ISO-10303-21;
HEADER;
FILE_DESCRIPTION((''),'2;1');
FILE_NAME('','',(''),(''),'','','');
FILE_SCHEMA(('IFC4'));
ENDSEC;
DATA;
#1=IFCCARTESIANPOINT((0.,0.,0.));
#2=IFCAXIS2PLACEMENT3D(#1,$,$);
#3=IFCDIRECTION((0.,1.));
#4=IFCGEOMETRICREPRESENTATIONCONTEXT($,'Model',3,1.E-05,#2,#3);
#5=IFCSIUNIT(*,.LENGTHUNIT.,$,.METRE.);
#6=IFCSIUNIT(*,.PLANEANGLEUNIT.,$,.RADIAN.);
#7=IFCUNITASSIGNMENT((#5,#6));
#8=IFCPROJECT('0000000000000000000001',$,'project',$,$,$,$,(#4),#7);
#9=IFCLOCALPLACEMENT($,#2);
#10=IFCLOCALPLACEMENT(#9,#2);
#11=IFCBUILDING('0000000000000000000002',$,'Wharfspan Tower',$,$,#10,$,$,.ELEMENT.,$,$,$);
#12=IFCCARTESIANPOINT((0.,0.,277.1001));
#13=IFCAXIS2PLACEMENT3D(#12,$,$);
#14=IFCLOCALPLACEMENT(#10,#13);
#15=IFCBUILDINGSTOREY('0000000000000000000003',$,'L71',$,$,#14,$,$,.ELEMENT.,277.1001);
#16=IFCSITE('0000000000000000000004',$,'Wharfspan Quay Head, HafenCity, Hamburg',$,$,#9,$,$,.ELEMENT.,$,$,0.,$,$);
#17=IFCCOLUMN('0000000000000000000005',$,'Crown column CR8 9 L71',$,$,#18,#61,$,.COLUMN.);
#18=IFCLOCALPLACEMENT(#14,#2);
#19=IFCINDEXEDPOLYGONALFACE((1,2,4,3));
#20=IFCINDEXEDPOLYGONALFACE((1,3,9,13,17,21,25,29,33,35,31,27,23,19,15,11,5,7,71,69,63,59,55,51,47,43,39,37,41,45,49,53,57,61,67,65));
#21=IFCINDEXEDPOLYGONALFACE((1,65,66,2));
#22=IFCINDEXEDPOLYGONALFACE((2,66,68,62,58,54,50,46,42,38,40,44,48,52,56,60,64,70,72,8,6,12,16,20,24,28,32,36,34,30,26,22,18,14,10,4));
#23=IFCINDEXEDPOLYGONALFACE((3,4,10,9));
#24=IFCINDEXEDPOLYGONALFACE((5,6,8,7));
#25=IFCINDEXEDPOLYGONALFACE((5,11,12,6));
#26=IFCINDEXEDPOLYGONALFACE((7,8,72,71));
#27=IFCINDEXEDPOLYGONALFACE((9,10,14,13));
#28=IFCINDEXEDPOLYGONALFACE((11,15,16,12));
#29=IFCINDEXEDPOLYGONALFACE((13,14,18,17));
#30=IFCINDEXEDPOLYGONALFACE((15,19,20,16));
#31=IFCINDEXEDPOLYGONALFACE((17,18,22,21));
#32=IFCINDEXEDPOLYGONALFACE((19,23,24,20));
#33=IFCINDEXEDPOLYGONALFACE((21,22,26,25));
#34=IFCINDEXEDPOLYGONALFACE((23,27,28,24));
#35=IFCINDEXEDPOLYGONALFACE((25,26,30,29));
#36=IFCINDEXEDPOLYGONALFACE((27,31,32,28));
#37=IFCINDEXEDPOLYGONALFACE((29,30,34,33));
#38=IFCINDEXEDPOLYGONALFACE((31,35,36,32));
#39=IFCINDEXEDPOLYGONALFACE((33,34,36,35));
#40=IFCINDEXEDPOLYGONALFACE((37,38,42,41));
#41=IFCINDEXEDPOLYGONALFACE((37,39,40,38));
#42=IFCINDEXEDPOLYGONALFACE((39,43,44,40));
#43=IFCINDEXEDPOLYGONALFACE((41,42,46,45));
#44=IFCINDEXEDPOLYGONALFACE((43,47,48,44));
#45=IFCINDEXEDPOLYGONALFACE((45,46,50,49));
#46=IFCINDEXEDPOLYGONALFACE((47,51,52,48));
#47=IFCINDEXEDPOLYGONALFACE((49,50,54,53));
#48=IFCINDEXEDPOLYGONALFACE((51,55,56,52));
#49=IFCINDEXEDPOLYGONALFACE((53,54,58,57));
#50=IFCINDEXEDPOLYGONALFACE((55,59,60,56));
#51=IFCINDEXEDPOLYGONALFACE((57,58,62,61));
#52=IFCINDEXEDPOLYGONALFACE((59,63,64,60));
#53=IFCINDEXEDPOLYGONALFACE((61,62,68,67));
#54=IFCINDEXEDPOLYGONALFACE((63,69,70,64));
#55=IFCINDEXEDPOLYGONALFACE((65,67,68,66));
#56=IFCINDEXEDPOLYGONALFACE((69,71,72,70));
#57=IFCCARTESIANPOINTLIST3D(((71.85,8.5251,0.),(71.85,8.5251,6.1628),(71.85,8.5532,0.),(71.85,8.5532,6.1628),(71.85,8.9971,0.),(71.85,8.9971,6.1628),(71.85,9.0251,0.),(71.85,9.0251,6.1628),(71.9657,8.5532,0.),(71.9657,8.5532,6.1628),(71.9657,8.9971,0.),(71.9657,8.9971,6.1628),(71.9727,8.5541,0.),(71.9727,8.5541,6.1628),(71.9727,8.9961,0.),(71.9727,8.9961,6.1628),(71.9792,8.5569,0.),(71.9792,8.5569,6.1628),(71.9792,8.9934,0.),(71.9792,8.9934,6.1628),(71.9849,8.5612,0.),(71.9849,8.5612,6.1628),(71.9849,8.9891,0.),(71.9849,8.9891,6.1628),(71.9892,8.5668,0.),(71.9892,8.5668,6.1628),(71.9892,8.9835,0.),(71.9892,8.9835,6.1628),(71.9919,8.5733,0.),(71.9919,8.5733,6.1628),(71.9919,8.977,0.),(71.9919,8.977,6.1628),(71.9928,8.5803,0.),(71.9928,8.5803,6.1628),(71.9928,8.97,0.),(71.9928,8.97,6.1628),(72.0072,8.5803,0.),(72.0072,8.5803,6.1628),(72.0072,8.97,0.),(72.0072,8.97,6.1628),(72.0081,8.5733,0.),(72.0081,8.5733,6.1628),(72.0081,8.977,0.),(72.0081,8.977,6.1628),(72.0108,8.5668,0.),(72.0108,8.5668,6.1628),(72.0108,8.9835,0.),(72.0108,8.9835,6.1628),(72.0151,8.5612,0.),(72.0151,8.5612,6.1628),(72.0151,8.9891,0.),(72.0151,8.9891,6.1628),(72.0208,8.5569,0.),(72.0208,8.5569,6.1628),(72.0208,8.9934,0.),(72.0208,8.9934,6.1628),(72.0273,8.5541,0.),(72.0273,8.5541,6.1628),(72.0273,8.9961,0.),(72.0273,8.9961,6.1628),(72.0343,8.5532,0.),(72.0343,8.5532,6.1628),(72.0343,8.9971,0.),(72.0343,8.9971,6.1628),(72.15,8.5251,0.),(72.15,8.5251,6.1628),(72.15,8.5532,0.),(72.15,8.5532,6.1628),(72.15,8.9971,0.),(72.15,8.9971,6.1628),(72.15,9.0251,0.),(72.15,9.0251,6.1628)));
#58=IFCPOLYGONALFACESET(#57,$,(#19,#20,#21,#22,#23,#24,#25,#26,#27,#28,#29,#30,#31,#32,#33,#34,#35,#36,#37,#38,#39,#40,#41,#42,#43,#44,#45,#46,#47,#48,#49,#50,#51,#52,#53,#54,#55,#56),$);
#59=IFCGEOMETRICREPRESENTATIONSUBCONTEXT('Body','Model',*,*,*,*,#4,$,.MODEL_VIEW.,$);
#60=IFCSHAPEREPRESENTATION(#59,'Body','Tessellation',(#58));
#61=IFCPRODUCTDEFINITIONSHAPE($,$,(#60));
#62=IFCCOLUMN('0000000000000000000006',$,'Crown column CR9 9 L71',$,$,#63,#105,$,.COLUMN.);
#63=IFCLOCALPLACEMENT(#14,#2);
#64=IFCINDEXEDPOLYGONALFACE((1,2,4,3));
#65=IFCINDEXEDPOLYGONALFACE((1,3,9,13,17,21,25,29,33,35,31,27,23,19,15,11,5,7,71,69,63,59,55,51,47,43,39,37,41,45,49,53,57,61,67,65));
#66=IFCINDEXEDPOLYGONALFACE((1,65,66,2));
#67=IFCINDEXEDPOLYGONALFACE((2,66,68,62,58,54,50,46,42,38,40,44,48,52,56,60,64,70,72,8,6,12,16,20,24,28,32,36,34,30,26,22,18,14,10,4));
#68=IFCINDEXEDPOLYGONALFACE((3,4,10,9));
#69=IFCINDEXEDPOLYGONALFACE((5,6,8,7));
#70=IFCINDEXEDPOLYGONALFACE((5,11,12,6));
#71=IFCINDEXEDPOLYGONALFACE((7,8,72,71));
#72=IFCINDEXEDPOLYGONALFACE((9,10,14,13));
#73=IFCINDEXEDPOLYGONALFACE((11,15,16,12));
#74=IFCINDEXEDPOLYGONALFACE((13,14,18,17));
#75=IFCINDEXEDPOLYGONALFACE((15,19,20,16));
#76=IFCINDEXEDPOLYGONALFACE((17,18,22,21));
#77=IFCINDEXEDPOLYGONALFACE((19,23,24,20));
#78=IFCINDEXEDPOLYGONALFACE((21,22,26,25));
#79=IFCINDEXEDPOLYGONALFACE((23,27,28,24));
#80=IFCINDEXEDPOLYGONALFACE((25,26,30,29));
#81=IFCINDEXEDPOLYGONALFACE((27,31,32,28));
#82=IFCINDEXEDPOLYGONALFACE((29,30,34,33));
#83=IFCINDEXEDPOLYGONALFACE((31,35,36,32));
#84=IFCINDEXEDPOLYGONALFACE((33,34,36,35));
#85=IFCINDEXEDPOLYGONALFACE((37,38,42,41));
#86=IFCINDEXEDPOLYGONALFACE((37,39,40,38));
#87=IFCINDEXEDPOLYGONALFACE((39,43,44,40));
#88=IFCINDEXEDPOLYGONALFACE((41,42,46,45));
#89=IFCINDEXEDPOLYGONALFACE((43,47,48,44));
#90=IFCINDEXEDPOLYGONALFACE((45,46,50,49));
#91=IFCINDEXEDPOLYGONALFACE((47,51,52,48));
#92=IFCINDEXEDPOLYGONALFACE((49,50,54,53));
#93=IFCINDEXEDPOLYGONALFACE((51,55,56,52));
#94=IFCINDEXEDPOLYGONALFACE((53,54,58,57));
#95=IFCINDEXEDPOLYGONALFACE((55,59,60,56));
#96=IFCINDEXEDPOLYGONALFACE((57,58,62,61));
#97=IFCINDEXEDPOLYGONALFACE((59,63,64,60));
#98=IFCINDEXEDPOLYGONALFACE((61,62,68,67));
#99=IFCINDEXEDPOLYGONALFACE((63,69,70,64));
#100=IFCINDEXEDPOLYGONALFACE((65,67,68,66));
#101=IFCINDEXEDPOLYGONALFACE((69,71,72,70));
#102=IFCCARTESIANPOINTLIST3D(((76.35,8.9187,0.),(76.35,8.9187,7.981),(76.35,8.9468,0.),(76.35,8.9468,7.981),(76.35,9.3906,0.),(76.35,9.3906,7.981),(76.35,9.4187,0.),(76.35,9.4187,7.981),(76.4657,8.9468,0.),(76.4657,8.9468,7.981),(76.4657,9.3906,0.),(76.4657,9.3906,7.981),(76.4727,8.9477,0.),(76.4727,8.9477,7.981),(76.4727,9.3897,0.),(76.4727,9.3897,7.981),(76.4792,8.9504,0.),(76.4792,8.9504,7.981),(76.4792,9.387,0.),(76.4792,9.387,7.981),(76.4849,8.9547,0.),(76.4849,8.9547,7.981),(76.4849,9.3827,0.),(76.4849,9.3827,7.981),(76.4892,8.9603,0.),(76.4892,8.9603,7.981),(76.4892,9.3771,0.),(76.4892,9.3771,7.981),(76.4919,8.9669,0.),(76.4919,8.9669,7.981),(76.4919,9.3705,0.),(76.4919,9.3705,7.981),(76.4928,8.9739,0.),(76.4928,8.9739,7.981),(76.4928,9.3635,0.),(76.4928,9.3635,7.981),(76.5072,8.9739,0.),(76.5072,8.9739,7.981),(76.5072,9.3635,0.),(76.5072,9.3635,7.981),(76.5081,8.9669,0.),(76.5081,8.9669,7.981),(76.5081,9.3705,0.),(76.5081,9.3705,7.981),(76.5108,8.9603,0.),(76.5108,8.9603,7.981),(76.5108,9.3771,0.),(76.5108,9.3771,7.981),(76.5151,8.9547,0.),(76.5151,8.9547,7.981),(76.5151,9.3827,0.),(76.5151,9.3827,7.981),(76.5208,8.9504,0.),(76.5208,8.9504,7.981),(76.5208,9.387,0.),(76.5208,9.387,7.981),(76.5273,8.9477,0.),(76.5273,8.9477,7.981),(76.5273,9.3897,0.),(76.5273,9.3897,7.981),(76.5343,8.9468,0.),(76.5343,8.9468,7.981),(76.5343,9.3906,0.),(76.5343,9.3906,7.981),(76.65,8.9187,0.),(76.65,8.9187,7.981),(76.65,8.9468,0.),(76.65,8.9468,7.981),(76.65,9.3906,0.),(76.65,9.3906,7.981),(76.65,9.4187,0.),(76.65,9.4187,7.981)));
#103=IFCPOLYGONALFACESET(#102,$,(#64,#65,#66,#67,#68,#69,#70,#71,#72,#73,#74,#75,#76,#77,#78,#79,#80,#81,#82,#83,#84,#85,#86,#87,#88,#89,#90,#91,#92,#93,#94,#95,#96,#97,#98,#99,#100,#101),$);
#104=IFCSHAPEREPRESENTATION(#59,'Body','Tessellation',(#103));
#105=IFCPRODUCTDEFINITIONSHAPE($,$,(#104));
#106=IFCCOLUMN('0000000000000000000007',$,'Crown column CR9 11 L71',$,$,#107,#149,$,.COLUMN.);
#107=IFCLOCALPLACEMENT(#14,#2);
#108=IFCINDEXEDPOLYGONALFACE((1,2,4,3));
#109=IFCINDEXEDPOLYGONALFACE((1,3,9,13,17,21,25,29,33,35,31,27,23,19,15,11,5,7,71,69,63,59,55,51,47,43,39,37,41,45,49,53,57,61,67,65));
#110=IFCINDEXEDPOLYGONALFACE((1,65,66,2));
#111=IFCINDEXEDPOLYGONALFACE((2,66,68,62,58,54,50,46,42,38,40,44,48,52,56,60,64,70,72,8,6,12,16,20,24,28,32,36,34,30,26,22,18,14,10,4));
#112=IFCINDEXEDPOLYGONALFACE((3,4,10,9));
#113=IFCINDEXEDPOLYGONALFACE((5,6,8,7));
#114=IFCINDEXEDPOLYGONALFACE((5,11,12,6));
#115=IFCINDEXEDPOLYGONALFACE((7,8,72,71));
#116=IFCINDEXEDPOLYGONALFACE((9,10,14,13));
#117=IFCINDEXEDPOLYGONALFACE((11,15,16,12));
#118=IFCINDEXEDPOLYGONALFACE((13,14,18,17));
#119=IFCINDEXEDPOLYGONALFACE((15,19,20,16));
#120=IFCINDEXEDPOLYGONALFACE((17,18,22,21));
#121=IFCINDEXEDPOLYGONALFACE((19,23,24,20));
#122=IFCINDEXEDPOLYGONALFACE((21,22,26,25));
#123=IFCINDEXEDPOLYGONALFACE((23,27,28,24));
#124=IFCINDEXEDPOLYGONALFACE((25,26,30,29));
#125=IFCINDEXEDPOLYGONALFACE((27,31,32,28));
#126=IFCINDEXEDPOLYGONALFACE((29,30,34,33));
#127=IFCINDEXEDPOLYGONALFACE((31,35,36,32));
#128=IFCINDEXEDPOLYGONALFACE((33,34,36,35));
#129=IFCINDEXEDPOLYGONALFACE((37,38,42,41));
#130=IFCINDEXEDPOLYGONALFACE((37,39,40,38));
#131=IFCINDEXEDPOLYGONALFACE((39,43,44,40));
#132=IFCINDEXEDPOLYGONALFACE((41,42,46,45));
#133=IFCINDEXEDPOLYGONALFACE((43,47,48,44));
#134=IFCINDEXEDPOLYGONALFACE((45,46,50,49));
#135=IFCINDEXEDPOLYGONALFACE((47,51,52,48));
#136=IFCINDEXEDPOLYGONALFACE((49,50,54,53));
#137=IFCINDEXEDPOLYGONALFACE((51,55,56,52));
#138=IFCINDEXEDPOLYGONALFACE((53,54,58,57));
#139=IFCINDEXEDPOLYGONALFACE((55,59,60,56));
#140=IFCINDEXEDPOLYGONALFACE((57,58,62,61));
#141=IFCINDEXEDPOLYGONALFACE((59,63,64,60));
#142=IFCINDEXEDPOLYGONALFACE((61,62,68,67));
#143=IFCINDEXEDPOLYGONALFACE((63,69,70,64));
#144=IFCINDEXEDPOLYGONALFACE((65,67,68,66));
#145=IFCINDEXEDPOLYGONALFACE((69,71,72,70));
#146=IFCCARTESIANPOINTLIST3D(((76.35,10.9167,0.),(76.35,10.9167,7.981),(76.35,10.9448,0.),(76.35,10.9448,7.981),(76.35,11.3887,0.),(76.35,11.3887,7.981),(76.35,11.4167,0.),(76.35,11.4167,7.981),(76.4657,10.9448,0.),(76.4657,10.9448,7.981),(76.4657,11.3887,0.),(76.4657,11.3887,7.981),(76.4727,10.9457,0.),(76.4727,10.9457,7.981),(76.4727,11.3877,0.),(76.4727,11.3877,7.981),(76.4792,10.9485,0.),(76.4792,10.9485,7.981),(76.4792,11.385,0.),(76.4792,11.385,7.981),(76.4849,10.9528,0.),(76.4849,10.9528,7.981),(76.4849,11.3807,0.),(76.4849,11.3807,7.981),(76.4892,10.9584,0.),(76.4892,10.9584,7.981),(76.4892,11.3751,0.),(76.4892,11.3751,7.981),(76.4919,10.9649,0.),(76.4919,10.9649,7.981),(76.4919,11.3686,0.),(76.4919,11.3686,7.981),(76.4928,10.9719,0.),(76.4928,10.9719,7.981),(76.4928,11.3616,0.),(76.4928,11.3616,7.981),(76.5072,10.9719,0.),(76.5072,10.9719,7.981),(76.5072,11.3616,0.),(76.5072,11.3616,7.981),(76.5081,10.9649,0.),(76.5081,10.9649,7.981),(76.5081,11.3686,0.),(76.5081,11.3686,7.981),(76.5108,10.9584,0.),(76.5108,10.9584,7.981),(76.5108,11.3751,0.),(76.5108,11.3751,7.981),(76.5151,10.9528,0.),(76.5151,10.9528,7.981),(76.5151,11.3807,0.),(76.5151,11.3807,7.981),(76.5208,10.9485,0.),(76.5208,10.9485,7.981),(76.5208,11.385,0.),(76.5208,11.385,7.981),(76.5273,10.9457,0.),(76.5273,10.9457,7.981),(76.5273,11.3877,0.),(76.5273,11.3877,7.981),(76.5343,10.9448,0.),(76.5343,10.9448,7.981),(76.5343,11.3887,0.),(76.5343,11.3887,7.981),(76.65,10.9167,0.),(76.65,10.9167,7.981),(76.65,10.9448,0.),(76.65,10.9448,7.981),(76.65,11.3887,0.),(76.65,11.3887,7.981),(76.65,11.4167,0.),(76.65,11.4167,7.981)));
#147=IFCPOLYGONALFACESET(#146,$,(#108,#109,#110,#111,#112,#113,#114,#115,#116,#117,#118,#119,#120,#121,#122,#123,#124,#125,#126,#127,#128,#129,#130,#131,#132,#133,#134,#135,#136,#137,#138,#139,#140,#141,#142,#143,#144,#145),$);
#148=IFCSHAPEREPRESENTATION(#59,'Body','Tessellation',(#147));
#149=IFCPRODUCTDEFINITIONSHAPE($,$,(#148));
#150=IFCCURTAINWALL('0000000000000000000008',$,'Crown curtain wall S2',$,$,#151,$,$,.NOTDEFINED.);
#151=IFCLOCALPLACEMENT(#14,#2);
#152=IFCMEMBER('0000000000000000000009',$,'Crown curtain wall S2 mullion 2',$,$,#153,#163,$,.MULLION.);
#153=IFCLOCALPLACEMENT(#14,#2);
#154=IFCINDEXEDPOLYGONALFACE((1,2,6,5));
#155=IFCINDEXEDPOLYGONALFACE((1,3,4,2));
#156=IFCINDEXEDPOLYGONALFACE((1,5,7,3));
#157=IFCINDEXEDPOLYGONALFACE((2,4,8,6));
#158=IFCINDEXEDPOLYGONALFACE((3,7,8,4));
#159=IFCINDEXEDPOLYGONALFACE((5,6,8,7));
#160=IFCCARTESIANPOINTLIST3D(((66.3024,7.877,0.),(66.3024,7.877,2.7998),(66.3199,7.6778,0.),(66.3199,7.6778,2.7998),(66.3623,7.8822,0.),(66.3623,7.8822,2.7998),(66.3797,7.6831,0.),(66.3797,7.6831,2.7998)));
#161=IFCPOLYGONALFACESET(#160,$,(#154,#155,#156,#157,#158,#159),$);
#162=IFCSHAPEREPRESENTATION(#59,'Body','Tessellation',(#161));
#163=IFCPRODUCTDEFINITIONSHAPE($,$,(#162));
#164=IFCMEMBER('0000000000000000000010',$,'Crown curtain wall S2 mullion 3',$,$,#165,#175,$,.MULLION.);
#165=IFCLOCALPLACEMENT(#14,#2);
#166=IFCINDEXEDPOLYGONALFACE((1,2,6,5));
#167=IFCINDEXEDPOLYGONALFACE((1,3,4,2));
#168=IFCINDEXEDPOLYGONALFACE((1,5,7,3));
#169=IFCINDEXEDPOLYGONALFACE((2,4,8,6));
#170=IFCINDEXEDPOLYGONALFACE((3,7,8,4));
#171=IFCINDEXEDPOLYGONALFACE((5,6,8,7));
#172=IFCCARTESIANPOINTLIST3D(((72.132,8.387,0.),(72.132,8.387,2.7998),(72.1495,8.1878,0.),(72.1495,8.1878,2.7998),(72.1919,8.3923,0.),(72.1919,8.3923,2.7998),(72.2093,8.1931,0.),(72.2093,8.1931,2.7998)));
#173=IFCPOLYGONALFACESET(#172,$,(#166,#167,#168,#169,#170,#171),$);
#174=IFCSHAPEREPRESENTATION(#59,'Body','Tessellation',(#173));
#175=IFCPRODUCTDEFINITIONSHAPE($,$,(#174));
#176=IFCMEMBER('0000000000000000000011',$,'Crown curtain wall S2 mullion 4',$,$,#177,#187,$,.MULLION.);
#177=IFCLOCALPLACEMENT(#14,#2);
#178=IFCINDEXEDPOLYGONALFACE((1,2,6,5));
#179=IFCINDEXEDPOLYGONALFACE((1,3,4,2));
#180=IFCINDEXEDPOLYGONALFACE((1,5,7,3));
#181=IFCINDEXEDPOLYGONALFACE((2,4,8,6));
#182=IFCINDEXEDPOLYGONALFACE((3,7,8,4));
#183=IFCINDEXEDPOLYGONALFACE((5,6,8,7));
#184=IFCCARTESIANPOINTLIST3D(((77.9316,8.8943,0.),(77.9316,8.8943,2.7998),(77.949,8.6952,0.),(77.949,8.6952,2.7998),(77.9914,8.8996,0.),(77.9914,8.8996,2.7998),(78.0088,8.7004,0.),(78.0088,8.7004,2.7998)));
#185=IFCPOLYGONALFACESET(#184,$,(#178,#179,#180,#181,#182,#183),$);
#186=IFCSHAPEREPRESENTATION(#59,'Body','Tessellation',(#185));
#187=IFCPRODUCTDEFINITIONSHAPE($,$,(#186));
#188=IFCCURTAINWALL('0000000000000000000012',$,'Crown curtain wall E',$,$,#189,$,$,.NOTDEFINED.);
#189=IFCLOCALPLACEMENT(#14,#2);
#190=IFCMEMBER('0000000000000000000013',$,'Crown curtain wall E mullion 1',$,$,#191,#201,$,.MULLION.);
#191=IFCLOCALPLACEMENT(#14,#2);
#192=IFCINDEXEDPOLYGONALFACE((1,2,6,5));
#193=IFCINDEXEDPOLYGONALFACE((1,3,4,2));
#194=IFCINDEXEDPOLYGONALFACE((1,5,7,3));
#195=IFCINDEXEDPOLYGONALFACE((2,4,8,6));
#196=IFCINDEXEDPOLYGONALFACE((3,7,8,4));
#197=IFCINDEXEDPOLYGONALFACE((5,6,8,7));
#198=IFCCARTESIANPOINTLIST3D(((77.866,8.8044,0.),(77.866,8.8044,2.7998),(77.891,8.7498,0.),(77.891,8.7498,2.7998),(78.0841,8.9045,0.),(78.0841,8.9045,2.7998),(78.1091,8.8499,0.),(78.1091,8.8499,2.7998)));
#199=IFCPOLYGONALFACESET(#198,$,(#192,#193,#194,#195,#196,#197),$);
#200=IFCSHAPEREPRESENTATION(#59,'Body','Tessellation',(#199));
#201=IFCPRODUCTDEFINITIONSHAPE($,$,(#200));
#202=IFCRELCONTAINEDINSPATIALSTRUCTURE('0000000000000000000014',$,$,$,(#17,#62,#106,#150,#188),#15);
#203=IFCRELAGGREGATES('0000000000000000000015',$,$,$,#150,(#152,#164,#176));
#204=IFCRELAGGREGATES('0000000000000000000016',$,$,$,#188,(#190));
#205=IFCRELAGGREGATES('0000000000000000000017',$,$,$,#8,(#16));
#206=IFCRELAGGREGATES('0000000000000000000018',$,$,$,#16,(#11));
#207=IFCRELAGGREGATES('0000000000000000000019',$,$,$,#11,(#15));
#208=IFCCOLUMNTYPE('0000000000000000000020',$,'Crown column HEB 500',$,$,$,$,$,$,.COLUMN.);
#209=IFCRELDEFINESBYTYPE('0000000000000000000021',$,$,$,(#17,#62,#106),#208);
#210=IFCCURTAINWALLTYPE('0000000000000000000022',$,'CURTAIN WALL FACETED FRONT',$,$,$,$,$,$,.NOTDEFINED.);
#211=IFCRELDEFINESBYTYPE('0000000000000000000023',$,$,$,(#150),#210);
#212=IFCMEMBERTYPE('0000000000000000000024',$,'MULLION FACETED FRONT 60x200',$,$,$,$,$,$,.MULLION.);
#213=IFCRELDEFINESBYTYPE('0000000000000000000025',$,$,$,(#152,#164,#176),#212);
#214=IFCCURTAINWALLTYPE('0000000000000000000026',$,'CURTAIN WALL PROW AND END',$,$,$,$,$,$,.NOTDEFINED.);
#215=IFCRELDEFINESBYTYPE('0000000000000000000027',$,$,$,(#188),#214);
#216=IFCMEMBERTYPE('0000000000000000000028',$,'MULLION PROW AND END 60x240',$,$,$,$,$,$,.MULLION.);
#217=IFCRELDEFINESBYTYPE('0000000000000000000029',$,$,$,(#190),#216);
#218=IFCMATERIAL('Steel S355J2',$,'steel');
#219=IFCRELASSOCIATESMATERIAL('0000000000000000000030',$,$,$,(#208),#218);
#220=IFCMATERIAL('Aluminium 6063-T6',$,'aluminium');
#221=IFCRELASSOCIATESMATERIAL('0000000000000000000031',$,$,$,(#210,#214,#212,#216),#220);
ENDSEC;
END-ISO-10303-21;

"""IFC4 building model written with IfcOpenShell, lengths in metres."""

from ifc_helpers import new_model, si_unit, direction, frame, origin, origin_2d, place, context, subcontext, project, spatial, rectangle, i_section, extrude, material, material_profile, profile_set, type_object, element, aggregate, save


model = new_model("IFC4")

# Units and contexts
model_context = context("Model", 3, precision=1e-05, world=origin(), true_north=direction((0.0, 1.0)))
body_context = subcontext(model_context, "Body", "Model", "MODEL_VIEW")
ifc_project = project(units=[si_unit("LENGTHUNIT", "METRE"), si_unit("PLANEANGLEUNIT", "RADIAN")], contexts=[model_context])

# Site, building, storey
site_placement = place(None, origin())
site = spatial("IfcSite", under=ifc_project, at=site_placement, Name="Wharfspan Quay Head, HafenCity, Hamburg", CompositionType="ELEMENT", RefElevation=0.0)
building_placement = place(site_placement, origin())
building = spatial("IfcBuilding", under=site, at=building_placement, Name="Wharfspan Tower", CompositionType="ELEMENT")
storey_placement = place(building_placement, frame((0.0, 0.0, 277.1001)))
storey = spatial("IfcBuildingStorey", under=building, at=storey_placement, Name="L71", CompositionType="ELEMENT", Elevation=277.1001)

# Columns
ifc_material_1 = material(Name="Steel S355J2", Category="steel")
ifc_material_profile_1 = material_profile(ifc_material_1, i_section(OverallWidth=0.3, OverallDepth=0.5, WebThickness=0.0144, FlangeThickness=0.0281, FilletRadius=0.0271, at=origin_2d()))
ifc_profile_set_1 = profile_set([ifc_material_profile_1], Name="Steel S355J2")
column_type = type_object("IfcColumnType", Name="Crown column HEB 500", PredefinedType="COLUMN", material=ifc_profile_set_1)
column_placement = place(storey_placement, frame((72.0, 8.7751, 0.0), z_axis=(0.0, 0.0, 1.0), x_axis=(1.0, 0.0, 0.0)))
element("IfcColumn", 1, at=column_placement, inside=storey, type_object=column_type, Name="Crown column CR8 9 L71", PredefinedType="COLUMN", context=body_context, shape_type="SweptSolid", body=[
    extrude(i_section(OverallWidth=0.3, OverallDepth=0.5, WebThickness=0.0144, FlangeThickness=0.0281, FilletRadius=0.0271, at=origin_2d()), origin(), (0.0, 0.0, 1.0), 6.1628),
])
for number, where, z_axis, x_axis, name in (
    (2, (76.5, 9.1687, 0.0), (0.0, 0.0, 1.0), (1.0, 0.0, 0.0), "Crown column CR9 9 L71"),
    (3, (76.5, 11.1667, 0.0), (0.0, 0.0, 1.0), (1.0, 0.0, 0.0), "Crown column CR9 11 L71"),
):
    element("IfcColumn", number, at=place(storey_placement, frame(where, z_axis=z_axis, x_axis=x_axis)), inside=storey, type_object=column_type, Name=name, PredefinedType="COLUMN", context=body_context, shape_type="SweptSolid", body=[
        extrude(i_section(OverallWidth=0.3, OverallDepth=0.5, WebThickness=0.0144, FlangeThickness=0.0281, FilletRadius=0.0271, at=origin_2d()), origin(), (0.0, 0.0, 1.0), 7.981),
    ])

# Curtain walls, members
ifc_material_2 = material(Name="Aluminium 6063-T6", Category="aluminium")
curtain_wall_type_1 = type_object("IfcCurtainWallType", Name="CURTAIN WALL FACETED FRONT", PredefinedType="NOTDEFINED", material=ifc_material_2)
curtain_wall_1_placement = place(storey_placement, origin())
curtain_wall_1 = element("IfcCurtainWall", 4, at=curtain_wall_1_placement, inside=storey, type_object=curtain_wall_type_1, Name="Crown curtain wall S2", PredefinedType="NOTDEFINED")
ifc_material_profile_2 = material_profile(ifc_material_2, rectangle(XDim=0.2, YDim=0.0601, at=origin_2d()))
ifc_profile_set_2 = profile_set([ifc_material_profile_2], Name="Aluminium 6063-T6")
member_type_1 = type_object("IfcMemberType", Name="MULLION FACETED FRONT 60x200", PredefinedType="MULLION", material=ifc_profile_set_2)
member_1_placement = place(storey_placement, frame((66.3411, 7.78, 0.0), z_axis=(0.0, 0.0, 1.0), x_axis=(-0.087156, 0.996198, 0.0)))
member_1 = element("IfcMember", 5, at=member_1_placement, type_object=member_type_1, Name="Crown curtain wall S2 mullion 2", PredefinedType="MULLION", context=body_context, shape_type="SweptSolid", body=[
    extrude(rectangle(XDim=0.2, YDim=0.0601, at=origin_2d()), origin(), (0.0, 0.0, 1.0), 2.7998),
])
member_2_placement = place(storey_placement, frame((72.1707, 8.29, 0.0), z_axis=(0.0, 0.0, 1.0), x_axis=(-0.087156, 0.996198, 0.0)))
member_2 = element("IfcMember", 6, at=member_2_placement, type_object=member_type_1, Name="Crown curtain wall S2 mullion 3", PredefinedType="MULLION", context=body_context, shape_type="SweptSolid", body=[
    extrude(rectangle(XDim=0.2, YDim=0.0601, at=origin_2d()), origin(), (0.0, 0.0, 1.0), 2.7998),
])
member_3_placement = place(storey_placement, frame((77.9702, 8.7974, 0.0), z_axis=(0.0, 0.0, 1.0), x_axis=(-0.087156, 0.996198, 0.0)))
member_3 = element("IfcMember", 7, at=member_3_placement, type_object=member_type_1, Name="Crown curtain wall S2 mullion 4", PredefinedType="MULLION", context=body_context, shape_type="SweptSolid", body=[
    extrude(rectangle(XDim=0.2, YDim=0.0601, at=origin_2d()), origin(), (0.0, 0.0, 1.0), 2.7998),
])
curtain_wall_type_2 = type_object("IfcCurtainWallType", Name="CURTAIN WALL PROW AND END", PredefinedType="NOTDEFINED", material=ifc_material_2)
curtain_wall_2_placement = place(storey_placement, origin())
curtain_wall_2 = element("IfcCurtainWall", 8, at=curtain_wall_2_placement, inside=storey, type_object=curtain_wall_type_2, Name="Crown curtain wall E", PredefinedType="NOTDEFINED")
ifc_material_profile_3 = material_profile(ifc_material_2, rectangle(XDim=0.24, YDim=0.0601, at=origin_2d()))
ifc_profile_set_3 = profile_set([ifc_material_profile_3], Name="Aluminium 6063-T6")
member_type_2 = type_object("IfcMemberType", Name="MULLION PROW AND END 60x240", PredefinedType="MULLION", material=ifc_profile_set_3)
member_4_placement = place(storey_placement, frame((77.9875, 8.8271, 0.0), z_axis=(0.0, 0.0, 1.0), x_axis=(-0.908769, -0.417292, 0.0)))
member_4 = element("IfcMember", 9, at=member_4_placement, type_object=member_type_2, Name="Crown curtain wall E mullion 1", PredefinedType="MULLION", context=body_context, shape_type="SweptSolid", body=[
    extrude(rectangle(XDim=0.24, YDim=0.0601, at=origin_2d()), origin(), (0.0, 0.0, 1.0), 2.7998),
])

aggregate(curtain_wall_1, [member_1, member_2, member_3])
aggregate(curtain_wall_2, [member_4])

save(model, "model.ifc")
